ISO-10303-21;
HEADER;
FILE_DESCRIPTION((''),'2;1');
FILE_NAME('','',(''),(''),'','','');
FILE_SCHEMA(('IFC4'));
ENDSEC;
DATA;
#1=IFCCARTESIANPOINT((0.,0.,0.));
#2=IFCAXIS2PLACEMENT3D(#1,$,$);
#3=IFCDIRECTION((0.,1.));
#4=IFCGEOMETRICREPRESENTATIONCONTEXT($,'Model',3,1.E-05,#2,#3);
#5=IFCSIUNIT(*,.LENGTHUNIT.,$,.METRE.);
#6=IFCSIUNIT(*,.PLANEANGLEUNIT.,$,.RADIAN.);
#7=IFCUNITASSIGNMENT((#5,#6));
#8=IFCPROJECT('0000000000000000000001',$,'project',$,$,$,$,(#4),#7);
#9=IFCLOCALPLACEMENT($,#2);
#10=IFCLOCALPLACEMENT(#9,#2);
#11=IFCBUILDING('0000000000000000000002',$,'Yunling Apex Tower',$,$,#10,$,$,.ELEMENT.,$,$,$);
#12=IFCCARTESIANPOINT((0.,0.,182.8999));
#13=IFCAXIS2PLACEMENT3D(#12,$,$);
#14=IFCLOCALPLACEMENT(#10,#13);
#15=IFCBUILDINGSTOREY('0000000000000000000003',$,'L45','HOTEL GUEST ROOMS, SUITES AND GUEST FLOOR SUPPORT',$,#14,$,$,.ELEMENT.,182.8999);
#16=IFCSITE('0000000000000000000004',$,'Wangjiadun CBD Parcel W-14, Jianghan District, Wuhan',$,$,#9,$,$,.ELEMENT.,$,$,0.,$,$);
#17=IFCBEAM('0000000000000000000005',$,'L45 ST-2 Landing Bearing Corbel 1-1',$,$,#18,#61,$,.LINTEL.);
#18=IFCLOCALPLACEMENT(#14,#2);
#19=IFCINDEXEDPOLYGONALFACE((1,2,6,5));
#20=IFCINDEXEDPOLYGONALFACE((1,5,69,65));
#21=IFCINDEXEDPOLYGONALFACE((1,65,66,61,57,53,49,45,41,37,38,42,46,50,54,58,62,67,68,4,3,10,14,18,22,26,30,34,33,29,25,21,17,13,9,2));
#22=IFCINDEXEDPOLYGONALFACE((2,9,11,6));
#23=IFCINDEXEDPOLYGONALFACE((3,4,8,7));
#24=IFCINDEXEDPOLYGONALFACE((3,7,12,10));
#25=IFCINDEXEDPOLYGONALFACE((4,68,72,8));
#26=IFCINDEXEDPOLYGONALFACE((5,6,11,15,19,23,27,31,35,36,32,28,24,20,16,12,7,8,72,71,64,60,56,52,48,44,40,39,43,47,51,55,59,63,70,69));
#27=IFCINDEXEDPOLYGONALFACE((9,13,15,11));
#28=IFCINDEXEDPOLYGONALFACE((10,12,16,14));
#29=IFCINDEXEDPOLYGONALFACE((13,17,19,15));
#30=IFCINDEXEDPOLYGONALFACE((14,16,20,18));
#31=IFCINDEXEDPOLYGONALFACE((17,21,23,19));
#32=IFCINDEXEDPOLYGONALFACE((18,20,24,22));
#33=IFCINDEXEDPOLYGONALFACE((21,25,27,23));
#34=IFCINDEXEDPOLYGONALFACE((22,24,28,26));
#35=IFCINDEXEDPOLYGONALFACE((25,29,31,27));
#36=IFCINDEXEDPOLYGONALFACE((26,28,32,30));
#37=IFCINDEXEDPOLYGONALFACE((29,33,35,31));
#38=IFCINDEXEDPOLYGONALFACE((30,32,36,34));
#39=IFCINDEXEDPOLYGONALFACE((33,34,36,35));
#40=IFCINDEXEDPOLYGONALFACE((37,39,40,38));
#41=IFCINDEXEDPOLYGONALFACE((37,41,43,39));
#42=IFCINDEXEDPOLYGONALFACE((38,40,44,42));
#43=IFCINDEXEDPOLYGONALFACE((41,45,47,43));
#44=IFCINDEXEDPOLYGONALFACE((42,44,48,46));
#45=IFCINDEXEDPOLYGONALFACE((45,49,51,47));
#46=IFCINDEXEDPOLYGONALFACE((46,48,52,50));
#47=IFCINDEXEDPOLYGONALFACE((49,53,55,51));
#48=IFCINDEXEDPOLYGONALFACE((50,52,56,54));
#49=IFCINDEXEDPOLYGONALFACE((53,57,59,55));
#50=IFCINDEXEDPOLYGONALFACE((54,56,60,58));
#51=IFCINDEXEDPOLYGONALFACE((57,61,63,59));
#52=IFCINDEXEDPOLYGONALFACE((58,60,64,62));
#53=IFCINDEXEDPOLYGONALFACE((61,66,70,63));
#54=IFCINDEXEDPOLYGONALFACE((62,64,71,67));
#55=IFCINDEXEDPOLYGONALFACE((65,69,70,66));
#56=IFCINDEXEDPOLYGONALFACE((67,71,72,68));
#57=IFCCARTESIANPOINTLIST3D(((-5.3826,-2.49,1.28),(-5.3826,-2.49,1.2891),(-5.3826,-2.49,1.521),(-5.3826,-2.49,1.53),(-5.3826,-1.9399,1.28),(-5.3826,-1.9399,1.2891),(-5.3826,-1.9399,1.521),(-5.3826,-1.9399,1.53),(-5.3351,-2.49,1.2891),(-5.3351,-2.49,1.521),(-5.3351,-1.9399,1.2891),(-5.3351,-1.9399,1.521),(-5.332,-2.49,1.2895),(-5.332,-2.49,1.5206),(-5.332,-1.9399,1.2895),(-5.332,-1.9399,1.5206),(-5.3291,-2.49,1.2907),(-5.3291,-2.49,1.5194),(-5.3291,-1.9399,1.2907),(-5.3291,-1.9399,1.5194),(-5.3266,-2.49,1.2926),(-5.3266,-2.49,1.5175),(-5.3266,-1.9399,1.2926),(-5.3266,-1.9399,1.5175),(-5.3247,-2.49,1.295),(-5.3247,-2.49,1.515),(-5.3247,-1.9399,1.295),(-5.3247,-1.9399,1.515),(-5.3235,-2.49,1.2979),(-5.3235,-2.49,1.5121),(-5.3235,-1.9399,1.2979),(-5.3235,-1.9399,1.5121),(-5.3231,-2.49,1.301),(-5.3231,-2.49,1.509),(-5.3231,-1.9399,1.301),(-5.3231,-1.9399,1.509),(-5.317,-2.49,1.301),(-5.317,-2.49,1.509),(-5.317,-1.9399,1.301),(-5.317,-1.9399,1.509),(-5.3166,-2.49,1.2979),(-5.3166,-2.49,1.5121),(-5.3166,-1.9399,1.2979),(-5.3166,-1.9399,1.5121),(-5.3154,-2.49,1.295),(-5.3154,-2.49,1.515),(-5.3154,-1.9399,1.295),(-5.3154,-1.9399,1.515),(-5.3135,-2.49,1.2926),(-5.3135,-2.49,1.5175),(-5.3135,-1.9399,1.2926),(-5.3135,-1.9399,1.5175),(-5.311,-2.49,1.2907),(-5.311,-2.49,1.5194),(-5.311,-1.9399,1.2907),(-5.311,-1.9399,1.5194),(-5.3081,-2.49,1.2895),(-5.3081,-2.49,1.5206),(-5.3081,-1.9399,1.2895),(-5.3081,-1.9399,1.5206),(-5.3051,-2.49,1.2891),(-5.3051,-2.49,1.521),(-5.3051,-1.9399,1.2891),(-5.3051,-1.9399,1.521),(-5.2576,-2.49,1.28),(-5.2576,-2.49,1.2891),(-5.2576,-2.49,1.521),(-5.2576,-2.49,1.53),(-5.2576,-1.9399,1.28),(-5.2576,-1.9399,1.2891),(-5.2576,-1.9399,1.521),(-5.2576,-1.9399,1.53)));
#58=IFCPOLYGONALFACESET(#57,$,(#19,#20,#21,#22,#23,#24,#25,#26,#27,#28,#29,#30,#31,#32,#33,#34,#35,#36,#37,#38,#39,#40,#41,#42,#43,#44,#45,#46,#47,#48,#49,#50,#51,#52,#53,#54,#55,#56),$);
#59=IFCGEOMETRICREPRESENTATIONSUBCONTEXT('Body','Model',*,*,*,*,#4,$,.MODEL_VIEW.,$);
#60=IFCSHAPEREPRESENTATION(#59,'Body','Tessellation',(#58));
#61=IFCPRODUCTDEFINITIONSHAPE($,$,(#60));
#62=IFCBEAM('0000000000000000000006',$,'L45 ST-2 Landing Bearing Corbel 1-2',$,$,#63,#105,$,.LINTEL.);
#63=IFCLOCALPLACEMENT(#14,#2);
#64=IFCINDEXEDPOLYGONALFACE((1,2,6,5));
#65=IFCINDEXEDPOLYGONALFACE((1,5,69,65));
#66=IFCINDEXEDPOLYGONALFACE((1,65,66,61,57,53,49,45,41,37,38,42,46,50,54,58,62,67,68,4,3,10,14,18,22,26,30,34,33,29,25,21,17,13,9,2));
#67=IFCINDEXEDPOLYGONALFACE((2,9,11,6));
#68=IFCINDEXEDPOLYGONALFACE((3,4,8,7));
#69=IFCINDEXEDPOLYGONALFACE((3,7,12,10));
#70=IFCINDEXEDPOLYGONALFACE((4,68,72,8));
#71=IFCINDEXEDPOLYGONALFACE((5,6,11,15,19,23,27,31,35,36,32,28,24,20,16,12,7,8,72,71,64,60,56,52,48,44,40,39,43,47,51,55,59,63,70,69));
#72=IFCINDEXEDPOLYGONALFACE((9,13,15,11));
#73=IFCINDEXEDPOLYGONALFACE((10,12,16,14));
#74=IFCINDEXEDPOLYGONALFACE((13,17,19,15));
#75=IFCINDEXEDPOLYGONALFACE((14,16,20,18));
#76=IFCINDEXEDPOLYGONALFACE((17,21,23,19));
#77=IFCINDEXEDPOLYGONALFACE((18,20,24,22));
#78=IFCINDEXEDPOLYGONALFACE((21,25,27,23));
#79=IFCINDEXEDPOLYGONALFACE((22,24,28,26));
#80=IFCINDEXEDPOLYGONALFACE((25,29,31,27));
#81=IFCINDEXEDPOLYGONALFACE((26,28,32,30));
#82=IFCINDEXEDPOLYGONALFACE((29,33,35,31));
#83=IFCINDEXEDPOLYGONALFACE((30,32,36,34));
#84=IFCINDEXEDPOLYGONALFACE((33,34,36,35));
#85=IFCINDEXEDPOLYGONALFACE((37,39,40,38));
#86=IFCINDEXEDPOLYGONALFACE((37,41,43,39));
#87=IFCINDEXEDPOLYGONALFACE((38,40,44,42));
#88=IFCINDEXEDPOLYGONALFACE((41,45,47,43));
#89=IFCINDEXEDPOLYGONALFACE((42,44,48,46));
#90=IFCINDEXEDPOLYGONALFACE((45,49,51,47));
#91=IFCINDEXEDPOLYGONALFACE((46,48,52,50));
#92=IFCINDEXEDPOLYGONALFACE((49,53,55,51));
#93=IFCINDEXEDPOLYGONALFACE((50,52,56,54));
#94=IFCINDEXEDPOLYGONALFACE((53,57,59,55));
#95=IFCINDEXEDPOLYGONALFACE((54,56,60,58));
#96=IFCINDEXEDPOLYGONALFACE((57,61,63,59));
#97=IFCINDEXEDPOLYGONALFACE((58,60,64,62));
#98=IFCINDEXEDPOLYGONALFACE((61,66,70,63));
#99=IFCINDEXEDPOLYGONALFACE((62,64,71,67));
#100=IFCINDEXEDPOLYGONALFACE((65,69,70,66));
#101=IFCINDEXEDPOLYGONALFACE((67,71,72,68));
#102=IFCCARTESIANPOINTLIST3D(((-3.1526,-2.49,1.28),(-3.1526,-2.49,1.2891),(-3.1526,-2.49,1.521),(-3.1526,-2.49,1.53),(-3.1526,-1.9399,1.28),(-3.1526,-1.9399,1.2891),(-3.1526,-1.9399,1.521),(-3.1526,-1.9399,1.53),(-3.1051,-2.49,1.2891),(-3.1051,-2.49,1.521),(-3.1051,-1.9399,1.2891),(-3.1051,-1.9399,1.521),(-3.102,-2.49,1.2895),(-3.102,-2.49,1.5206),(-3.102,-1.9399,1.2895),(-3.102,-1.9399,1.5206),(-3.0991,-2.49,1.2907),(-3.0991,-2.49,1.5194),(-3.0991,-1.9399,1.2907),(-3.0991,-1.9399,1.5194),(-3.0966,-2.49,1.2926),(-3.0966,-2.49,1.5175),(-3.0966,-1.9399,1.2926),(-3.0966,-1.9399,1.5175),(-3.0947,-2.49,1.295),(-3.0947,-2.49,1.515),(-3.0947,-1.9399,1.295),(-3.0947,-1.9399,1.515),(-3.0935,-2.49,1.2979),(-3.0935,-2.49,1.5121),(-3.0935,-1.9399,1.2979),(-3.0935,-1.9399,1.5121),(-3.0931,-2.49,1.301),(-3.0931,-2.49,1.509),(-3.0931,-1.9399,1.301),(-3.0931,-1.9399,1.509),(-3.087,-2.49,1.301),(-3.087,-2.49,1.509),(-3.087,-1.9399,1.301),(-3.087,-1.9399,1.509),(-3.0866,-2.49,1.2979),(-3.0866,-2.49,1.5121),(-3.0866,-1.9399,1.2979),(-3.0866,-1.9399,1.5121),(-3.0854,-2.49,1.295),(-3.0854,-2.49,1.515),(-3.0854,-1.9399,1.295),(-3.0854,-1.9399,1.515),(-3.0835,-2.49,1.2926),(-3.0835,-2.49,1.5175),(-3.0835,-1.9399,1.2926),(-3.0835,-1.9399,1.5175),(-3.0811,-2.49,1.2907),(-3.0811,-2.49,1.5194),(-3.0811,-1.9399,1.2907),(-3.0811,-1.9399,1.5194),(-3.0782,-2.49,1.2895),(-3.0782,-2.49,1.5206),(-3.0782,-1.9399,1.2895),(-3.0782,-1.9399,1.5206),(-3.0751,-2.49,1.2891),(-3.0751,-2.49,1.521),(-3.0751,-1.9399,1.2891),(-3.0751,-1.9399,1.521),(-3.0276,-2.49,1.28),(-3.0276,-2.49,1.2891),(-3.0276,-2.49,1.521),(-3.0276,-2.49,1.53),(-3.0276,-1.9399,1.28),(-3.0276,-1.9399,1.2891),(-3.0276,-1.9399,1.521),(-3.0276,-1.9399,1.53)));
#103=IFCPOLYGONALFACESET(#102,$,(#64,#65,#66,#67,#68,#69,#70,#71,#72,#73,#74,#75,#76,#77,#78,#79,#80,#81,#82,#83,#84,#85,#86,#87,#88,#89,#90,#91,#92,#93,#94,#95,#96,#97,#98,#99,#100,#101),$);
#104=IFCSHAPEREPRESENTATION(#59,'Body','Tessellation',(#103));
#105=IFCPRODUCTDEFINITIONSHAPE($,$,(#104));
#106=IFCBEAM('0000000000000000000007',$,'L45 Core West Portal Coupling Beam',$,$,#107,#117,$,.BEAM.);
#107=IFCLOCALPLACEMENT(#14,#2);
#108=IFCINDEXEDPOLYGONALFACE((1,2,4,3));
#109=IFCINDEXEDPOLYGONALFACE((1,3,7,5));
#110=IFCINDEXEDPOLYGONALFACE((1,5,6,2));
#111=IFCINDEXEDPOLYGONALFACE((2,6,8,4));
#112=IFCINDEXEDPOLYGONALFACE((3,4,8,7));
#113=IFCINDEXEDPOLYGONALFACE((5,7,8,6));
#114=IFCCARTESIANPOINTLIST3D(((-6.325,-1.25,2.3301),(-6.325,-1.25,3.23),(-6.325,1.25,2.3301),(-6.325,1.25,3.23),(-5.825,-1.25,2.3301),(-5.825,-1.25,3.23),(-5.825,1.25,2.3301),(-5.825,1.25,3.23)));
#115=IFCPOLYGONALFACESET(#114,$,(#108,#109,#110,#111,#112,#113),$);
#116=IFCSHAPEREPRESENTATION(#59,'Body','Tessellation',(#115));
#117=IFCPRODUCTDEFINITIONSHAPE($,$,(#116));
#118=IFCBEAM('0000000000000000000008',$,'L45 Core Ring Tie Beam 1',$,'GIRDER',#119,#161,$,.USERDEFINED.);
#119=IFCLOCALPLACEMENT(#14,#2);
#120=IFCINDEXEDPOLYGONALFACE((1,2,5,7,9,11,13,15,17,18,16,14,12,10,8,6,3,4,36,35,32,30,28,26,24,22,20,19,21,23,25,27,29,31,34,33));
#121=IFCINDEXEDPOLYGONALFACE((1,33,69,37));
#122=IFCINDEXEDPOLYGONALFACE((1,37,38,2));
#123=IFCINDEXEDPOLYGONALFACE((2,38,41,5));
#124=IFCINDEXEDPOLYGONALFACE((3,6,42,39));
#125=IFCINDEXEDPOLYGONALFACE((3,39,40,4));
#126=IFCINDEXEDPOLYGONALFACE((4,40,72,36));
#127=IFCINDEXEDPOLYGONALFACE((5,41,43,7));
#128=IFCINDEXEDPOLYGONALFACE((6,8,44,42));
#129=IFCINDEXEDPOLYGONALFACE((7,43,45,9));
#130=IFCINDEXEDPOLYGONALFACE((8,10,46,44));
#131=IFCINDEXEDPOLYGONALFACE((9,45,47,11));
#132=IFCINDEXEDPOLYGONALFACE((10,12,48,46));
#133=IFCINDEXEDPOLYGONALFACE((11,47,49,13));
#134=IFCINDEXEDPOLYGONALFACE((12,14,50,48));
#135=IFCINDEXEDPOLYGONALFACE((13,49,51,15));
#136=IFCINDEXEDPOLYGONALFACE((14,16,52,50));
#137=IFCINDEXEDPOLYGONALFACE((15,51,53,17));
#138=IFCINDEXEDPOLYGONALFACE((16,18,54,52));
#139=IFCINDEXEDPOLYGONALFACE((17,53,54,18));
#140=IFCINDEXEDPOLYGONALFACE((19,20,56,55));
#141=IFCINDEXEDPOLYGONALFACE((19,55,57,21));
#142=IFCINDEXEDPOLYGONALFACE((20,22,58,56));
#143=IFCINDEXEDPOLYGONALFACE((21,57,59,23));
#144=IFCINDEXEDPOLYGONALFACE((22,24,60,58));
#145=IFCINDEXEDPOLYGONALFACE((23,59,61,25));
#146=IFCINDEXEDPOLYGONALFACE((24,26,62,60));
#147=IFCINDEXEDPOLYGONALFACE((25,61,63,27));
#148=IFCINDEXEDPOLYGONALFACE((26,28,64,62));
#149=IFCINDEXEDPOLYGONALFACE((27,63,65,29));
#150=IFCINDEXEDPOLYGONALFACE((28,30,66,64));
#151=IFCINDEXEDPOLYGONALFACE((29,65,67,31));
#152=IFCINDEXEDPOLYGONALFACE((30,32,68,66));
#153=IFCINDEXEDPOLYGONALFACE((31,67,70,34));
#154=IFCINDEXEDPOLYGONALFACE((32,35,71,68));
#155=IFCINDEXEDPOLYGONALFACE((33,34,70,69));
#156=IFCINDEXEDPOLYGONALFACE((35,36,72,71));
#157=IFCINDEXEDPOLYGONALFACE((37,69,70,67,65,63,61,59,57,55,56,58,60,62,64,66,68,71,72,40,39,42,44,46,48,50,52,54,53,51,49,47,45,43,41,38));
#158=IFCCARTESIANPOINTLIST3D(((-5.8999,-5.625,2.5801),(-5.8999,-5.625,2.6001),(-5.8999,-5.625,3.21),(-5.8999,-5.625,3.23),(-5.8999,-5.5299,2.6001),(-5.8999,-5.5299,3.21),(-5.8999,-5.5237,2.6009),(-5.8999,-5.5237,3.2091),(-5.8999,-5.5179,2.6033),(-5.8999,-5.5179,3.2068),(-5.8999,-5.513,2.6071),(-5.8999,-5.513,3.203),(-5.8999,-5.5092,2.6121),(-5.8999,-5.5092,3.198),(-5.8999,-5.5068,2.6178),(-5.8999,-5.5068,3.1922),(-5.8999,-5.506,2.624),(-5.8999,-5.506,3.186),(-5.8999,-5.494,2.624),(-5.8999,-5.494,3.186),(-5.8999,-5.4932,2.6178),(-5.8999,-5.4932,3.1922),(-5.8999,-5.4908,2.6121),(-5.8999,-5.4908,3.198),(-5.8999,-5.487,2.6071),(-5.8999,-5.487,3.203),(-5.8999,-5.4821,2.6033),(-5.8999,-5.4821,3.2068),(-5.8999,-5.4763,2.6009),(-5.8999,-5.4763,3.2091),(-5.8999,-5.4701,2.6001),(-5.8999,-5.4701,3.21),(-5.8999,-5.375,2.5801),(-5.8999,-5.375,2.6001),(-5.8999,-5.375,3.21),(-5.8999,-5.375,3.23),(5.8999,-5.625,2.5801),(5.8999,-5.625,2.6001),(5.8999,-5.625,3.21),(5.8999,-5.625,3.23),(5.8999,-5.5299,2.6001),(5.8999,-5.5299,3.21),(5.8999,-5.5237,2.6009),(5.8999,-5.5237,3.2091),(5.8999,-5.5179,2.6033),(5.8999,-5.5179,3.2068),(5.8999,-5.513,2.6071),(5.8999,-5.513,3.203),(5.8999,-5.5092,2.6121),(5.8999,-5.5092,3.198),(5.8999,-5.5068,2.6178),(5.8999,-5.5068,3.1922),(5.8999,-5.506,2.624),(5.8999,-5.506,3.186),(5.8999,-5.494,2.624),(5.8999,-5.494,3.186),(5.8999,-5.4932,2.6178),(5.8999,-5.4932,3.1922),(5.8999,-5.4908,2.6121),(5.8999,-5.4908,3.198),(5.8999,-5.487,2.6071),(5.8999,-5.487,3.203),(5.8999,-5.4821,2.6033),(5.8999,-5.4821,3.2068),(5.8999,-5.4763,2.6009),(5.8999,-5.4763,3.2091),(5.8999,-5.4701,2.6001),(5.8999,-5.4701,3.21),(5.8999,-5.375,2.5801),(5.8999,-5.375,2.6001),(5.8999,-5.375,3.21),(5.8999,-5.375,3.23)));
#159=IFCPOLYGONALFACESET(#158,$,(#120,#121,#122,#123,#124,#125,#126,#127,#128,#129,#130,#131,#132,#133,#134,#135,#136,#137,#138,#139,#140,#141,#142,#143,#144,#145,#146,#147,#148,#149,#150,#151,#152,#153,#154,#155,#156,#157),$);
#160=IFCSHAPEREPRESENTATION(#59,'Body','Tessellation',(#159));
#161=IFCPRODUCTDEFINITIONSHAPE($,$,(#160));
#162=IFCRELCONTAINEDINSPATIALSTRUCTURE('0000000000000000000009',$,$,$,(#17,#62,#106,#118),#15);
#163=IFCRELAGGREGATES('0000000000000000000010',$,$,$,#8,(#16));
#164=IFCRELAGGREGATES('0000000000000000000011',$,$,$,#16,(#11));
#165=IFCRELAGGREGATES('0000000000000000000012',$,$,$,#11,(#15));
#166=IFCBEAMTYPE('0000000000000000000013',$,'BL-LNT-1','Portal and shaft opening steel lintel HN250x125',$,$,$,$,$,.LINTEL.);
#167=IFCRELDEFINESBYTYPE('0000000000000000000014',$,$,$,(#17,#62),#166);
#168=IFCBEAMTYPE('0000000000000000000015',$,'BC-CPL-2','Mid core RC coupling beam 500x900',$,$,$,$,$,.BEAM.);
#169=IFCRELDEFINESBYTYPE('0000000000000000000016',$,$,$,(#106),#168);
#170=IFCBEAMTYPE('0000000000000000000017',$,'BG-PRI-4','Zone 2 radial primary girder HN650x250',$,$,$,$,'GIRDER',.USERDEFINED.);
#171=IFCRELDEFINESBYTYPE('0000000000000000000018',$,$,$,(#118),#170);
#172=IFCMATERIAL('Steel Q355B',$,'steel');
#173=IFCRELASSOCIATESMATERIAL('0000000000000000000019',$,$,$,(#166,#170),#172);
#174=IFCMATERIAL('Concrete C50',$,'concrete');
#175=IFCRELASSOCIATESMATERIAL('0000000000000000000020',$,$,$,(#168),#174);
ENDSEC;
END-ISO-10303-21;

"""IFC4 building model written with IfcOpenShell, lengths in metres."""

from ifc_helpers import new_model, si_unit, direction, frame, origin, origin_2d, place, context, subcontext, project, spatial, rectangle, i_section, extrude, source, transform, mapped, material, material_profile, profile_set, type_object, element, save


model = new_model("IFC4")

# Units and contexts
model_context = context("Model", 3, precision=1e-05, world=origin(), true_north=direction((0.0, 1.0)))
body_context = subcontext(model_context, "Body", "Model", "MODEL_VIEW")
ifc_project = project(units=[si_unit("LENGTHUNIT", "METRE"), si_unit("PLANEANGLEUNIT", "RADIAN")], contexts=[model_context])

# Site, building, storey
site_placement = place(None, origin())
site = spatial("IfcSite", under=ifc_project, at=site_placement, Name="Wangjiadun CBD Parcel W-14, Jianghan District, Wuhan", CompositionType="ELEMENT", RefElevation=0.0)
building_placement = place(site_placement, origin())
building = spatial("IfcBuilding", under=site, at=building_placement, Name="Yunling Apex Tower", CompositionType="ELEMENT")
storey_placement = place(building_placement, frame((0.0, 0.0, 182.8999)))
storey = spatial("IfcBuildingStorey", under=building, at=storey_placement, Name="L45", Description="HOTEL GUEST ROOMS, SUITES AND GUEST FLOOR SUPPORT", CompositionType="ELEMENT", Elevation=182.8999)

# Shared definitions
ifc_material_1 = material(Name="Concrete C50", Category="concrete")

# Beams
ifc_material_2 = material(Name="Steel Q355B", Category="steel")
ifc_material_profile_1 = material_profile(ifc_material_2, i_section(OverallWidth=0.125, OverallDepth=0.25, WebThickness=0.0061, FlangeThickness=0.009, FilletRadius=0.012, at=origin_2d()))
ifc_profile_set_1 = profile_set([ifc_material_profile_1], Name="Steel Q355B")
beam_type_1 = type_object("IfcBeamType", Name="BL-LNT-1", Description="Portal and shaft opening steel lintel HN250x125", PredefinedType="LINTEL", material=ifc_profile_set_1)
shared_shape_1 = source(origin(), body_context, "Body", "SweptSolid", [
    extrude(i_section(OverallWidth=0.125, OverallDepth=0.25, WebThickness=0.0061, FlangeThickness=0.009, FilletRadius=0.012, at=origin_2d()), origin(), (0.0, 0.0, 1.0), 0.55),
])
for number, where, z_axis, x_axis, name in (
    (1, (-5.3201, -1.9399, 1.405), (0.0, -1.0, 0.0), (1.0, 0.0, 0.0), "L45 ST-2 Landing Bearing Corbel 1-1"),
    (2, (-3.0901, -1.9399, 1.405), (0.0, -1.0, 0.0), (1.0, 0.0, 0.0), "L45 ST-2 Landing Bearing Corbel 1-2"),
):
    element("IfcBeam", number, at=place(storey_placement, frame(where, z_axis=z_axis, x_axis=x_axis)), inside=storey, type_object=beam_type_1, Name=name, PredefinedType="LINTEL", context=body_context, shape_type="MappedRepresentation", body=[
        mapped(shared_shape_1, transform((0.0, 0.0, 0.0), scale=1.0)),
    ])
ifc_material_profile_2 = material_profile(ifc_material_1, rectangle(XDim=0.5, YDim=0.8999, at=origin_2d()))
ifc_profile_set_2 = profile_set([ifc_material_profile_2], Name="Concrete C50")
beam_type_2 = type_object("IfcBeamType", Name="BC-CPL-2", Description="Mid core RC coupling beam 500x900", PredefinedType="BEAM", material=ifc_profile_set_2)
shared_shape_2 = source(origin(), body_context, "Body", "SweptSolid", [
    extrude(rectangle(XDim=0.5, YDim=0.8999, at=origin_2d()), origin(), (0.0, 0.0, 1.0), 2.5),
])
beam_1_placement = place(storey_placement, frame((-6.075, -1.25, 2.78), z_axis=(0.0, 1.0, 0.0), x_axis=(-1.0, 0.0, 0.0)))
element("IfcBeam", 3, at=beam_1_placement, inside=storey, type_object=beam_type_2, Name="L45 Core West Portal Coupling Beam", PredefinedType="BEAM", context=body_context, shape_type="MappedRepresentation", body=[
    mapped(shared_shape_2, transform((0.0, 0.0, 0.0), scale=1.0)),
])
ifc_material_profile_3 = material_profile(ifc_material_2, i_section(OverallWidth=0.25, OverallDepth=0.6499, WebThickness=0.012, FlangeThickness=0.02, FilletRadius=0.0239, at=origin_2d()))
ifc_profile_set_3 = profile_set([ifc_material_profile_3], Name="Steel Q355B")
beam_type_3 = type_object("IfcBeamType", Name="BG-PRI-4", Description="Zone 2 radial primary girder HN650x250", ElementType="GIRDER", PredefinedType="USERDEFINED", material=ifc_profile_set_3)
shared_shape_3 = source(origin(), body_context, "Body", "SweptSolid", [
    extrude(i_section(OverallWidth=0.25, OverallDepth=0.6499, WebThickness=0.012, FlangeThickness=0.02, FilletRadius=0.0239, at=origin_2d()), origin(), (0.0, 0.0, 1.0), 11.7998),
])
beam_2_placement = place(storey_placement, frame((-5.8999, -5.5, 2.905), z_axis=(1.0, 0.0, 0.0), x_axis=(0.0, 1.0, 0.0)))
element("IfcBeam", 4, at=beam_2_placement, inside=storey, type_object=beam_type_3, Name="L45 Core Ring Tie Beam 1", ObjectType="GIRDER", PredefinedType="USERDEFINED", context=body_context, shape_type="MappedRepresentation", body=[
    mapped(shared_shape_3, transform((0.0, 0.0, 0.0), scale=1.0)),
])

save(model, "model.ifc")
